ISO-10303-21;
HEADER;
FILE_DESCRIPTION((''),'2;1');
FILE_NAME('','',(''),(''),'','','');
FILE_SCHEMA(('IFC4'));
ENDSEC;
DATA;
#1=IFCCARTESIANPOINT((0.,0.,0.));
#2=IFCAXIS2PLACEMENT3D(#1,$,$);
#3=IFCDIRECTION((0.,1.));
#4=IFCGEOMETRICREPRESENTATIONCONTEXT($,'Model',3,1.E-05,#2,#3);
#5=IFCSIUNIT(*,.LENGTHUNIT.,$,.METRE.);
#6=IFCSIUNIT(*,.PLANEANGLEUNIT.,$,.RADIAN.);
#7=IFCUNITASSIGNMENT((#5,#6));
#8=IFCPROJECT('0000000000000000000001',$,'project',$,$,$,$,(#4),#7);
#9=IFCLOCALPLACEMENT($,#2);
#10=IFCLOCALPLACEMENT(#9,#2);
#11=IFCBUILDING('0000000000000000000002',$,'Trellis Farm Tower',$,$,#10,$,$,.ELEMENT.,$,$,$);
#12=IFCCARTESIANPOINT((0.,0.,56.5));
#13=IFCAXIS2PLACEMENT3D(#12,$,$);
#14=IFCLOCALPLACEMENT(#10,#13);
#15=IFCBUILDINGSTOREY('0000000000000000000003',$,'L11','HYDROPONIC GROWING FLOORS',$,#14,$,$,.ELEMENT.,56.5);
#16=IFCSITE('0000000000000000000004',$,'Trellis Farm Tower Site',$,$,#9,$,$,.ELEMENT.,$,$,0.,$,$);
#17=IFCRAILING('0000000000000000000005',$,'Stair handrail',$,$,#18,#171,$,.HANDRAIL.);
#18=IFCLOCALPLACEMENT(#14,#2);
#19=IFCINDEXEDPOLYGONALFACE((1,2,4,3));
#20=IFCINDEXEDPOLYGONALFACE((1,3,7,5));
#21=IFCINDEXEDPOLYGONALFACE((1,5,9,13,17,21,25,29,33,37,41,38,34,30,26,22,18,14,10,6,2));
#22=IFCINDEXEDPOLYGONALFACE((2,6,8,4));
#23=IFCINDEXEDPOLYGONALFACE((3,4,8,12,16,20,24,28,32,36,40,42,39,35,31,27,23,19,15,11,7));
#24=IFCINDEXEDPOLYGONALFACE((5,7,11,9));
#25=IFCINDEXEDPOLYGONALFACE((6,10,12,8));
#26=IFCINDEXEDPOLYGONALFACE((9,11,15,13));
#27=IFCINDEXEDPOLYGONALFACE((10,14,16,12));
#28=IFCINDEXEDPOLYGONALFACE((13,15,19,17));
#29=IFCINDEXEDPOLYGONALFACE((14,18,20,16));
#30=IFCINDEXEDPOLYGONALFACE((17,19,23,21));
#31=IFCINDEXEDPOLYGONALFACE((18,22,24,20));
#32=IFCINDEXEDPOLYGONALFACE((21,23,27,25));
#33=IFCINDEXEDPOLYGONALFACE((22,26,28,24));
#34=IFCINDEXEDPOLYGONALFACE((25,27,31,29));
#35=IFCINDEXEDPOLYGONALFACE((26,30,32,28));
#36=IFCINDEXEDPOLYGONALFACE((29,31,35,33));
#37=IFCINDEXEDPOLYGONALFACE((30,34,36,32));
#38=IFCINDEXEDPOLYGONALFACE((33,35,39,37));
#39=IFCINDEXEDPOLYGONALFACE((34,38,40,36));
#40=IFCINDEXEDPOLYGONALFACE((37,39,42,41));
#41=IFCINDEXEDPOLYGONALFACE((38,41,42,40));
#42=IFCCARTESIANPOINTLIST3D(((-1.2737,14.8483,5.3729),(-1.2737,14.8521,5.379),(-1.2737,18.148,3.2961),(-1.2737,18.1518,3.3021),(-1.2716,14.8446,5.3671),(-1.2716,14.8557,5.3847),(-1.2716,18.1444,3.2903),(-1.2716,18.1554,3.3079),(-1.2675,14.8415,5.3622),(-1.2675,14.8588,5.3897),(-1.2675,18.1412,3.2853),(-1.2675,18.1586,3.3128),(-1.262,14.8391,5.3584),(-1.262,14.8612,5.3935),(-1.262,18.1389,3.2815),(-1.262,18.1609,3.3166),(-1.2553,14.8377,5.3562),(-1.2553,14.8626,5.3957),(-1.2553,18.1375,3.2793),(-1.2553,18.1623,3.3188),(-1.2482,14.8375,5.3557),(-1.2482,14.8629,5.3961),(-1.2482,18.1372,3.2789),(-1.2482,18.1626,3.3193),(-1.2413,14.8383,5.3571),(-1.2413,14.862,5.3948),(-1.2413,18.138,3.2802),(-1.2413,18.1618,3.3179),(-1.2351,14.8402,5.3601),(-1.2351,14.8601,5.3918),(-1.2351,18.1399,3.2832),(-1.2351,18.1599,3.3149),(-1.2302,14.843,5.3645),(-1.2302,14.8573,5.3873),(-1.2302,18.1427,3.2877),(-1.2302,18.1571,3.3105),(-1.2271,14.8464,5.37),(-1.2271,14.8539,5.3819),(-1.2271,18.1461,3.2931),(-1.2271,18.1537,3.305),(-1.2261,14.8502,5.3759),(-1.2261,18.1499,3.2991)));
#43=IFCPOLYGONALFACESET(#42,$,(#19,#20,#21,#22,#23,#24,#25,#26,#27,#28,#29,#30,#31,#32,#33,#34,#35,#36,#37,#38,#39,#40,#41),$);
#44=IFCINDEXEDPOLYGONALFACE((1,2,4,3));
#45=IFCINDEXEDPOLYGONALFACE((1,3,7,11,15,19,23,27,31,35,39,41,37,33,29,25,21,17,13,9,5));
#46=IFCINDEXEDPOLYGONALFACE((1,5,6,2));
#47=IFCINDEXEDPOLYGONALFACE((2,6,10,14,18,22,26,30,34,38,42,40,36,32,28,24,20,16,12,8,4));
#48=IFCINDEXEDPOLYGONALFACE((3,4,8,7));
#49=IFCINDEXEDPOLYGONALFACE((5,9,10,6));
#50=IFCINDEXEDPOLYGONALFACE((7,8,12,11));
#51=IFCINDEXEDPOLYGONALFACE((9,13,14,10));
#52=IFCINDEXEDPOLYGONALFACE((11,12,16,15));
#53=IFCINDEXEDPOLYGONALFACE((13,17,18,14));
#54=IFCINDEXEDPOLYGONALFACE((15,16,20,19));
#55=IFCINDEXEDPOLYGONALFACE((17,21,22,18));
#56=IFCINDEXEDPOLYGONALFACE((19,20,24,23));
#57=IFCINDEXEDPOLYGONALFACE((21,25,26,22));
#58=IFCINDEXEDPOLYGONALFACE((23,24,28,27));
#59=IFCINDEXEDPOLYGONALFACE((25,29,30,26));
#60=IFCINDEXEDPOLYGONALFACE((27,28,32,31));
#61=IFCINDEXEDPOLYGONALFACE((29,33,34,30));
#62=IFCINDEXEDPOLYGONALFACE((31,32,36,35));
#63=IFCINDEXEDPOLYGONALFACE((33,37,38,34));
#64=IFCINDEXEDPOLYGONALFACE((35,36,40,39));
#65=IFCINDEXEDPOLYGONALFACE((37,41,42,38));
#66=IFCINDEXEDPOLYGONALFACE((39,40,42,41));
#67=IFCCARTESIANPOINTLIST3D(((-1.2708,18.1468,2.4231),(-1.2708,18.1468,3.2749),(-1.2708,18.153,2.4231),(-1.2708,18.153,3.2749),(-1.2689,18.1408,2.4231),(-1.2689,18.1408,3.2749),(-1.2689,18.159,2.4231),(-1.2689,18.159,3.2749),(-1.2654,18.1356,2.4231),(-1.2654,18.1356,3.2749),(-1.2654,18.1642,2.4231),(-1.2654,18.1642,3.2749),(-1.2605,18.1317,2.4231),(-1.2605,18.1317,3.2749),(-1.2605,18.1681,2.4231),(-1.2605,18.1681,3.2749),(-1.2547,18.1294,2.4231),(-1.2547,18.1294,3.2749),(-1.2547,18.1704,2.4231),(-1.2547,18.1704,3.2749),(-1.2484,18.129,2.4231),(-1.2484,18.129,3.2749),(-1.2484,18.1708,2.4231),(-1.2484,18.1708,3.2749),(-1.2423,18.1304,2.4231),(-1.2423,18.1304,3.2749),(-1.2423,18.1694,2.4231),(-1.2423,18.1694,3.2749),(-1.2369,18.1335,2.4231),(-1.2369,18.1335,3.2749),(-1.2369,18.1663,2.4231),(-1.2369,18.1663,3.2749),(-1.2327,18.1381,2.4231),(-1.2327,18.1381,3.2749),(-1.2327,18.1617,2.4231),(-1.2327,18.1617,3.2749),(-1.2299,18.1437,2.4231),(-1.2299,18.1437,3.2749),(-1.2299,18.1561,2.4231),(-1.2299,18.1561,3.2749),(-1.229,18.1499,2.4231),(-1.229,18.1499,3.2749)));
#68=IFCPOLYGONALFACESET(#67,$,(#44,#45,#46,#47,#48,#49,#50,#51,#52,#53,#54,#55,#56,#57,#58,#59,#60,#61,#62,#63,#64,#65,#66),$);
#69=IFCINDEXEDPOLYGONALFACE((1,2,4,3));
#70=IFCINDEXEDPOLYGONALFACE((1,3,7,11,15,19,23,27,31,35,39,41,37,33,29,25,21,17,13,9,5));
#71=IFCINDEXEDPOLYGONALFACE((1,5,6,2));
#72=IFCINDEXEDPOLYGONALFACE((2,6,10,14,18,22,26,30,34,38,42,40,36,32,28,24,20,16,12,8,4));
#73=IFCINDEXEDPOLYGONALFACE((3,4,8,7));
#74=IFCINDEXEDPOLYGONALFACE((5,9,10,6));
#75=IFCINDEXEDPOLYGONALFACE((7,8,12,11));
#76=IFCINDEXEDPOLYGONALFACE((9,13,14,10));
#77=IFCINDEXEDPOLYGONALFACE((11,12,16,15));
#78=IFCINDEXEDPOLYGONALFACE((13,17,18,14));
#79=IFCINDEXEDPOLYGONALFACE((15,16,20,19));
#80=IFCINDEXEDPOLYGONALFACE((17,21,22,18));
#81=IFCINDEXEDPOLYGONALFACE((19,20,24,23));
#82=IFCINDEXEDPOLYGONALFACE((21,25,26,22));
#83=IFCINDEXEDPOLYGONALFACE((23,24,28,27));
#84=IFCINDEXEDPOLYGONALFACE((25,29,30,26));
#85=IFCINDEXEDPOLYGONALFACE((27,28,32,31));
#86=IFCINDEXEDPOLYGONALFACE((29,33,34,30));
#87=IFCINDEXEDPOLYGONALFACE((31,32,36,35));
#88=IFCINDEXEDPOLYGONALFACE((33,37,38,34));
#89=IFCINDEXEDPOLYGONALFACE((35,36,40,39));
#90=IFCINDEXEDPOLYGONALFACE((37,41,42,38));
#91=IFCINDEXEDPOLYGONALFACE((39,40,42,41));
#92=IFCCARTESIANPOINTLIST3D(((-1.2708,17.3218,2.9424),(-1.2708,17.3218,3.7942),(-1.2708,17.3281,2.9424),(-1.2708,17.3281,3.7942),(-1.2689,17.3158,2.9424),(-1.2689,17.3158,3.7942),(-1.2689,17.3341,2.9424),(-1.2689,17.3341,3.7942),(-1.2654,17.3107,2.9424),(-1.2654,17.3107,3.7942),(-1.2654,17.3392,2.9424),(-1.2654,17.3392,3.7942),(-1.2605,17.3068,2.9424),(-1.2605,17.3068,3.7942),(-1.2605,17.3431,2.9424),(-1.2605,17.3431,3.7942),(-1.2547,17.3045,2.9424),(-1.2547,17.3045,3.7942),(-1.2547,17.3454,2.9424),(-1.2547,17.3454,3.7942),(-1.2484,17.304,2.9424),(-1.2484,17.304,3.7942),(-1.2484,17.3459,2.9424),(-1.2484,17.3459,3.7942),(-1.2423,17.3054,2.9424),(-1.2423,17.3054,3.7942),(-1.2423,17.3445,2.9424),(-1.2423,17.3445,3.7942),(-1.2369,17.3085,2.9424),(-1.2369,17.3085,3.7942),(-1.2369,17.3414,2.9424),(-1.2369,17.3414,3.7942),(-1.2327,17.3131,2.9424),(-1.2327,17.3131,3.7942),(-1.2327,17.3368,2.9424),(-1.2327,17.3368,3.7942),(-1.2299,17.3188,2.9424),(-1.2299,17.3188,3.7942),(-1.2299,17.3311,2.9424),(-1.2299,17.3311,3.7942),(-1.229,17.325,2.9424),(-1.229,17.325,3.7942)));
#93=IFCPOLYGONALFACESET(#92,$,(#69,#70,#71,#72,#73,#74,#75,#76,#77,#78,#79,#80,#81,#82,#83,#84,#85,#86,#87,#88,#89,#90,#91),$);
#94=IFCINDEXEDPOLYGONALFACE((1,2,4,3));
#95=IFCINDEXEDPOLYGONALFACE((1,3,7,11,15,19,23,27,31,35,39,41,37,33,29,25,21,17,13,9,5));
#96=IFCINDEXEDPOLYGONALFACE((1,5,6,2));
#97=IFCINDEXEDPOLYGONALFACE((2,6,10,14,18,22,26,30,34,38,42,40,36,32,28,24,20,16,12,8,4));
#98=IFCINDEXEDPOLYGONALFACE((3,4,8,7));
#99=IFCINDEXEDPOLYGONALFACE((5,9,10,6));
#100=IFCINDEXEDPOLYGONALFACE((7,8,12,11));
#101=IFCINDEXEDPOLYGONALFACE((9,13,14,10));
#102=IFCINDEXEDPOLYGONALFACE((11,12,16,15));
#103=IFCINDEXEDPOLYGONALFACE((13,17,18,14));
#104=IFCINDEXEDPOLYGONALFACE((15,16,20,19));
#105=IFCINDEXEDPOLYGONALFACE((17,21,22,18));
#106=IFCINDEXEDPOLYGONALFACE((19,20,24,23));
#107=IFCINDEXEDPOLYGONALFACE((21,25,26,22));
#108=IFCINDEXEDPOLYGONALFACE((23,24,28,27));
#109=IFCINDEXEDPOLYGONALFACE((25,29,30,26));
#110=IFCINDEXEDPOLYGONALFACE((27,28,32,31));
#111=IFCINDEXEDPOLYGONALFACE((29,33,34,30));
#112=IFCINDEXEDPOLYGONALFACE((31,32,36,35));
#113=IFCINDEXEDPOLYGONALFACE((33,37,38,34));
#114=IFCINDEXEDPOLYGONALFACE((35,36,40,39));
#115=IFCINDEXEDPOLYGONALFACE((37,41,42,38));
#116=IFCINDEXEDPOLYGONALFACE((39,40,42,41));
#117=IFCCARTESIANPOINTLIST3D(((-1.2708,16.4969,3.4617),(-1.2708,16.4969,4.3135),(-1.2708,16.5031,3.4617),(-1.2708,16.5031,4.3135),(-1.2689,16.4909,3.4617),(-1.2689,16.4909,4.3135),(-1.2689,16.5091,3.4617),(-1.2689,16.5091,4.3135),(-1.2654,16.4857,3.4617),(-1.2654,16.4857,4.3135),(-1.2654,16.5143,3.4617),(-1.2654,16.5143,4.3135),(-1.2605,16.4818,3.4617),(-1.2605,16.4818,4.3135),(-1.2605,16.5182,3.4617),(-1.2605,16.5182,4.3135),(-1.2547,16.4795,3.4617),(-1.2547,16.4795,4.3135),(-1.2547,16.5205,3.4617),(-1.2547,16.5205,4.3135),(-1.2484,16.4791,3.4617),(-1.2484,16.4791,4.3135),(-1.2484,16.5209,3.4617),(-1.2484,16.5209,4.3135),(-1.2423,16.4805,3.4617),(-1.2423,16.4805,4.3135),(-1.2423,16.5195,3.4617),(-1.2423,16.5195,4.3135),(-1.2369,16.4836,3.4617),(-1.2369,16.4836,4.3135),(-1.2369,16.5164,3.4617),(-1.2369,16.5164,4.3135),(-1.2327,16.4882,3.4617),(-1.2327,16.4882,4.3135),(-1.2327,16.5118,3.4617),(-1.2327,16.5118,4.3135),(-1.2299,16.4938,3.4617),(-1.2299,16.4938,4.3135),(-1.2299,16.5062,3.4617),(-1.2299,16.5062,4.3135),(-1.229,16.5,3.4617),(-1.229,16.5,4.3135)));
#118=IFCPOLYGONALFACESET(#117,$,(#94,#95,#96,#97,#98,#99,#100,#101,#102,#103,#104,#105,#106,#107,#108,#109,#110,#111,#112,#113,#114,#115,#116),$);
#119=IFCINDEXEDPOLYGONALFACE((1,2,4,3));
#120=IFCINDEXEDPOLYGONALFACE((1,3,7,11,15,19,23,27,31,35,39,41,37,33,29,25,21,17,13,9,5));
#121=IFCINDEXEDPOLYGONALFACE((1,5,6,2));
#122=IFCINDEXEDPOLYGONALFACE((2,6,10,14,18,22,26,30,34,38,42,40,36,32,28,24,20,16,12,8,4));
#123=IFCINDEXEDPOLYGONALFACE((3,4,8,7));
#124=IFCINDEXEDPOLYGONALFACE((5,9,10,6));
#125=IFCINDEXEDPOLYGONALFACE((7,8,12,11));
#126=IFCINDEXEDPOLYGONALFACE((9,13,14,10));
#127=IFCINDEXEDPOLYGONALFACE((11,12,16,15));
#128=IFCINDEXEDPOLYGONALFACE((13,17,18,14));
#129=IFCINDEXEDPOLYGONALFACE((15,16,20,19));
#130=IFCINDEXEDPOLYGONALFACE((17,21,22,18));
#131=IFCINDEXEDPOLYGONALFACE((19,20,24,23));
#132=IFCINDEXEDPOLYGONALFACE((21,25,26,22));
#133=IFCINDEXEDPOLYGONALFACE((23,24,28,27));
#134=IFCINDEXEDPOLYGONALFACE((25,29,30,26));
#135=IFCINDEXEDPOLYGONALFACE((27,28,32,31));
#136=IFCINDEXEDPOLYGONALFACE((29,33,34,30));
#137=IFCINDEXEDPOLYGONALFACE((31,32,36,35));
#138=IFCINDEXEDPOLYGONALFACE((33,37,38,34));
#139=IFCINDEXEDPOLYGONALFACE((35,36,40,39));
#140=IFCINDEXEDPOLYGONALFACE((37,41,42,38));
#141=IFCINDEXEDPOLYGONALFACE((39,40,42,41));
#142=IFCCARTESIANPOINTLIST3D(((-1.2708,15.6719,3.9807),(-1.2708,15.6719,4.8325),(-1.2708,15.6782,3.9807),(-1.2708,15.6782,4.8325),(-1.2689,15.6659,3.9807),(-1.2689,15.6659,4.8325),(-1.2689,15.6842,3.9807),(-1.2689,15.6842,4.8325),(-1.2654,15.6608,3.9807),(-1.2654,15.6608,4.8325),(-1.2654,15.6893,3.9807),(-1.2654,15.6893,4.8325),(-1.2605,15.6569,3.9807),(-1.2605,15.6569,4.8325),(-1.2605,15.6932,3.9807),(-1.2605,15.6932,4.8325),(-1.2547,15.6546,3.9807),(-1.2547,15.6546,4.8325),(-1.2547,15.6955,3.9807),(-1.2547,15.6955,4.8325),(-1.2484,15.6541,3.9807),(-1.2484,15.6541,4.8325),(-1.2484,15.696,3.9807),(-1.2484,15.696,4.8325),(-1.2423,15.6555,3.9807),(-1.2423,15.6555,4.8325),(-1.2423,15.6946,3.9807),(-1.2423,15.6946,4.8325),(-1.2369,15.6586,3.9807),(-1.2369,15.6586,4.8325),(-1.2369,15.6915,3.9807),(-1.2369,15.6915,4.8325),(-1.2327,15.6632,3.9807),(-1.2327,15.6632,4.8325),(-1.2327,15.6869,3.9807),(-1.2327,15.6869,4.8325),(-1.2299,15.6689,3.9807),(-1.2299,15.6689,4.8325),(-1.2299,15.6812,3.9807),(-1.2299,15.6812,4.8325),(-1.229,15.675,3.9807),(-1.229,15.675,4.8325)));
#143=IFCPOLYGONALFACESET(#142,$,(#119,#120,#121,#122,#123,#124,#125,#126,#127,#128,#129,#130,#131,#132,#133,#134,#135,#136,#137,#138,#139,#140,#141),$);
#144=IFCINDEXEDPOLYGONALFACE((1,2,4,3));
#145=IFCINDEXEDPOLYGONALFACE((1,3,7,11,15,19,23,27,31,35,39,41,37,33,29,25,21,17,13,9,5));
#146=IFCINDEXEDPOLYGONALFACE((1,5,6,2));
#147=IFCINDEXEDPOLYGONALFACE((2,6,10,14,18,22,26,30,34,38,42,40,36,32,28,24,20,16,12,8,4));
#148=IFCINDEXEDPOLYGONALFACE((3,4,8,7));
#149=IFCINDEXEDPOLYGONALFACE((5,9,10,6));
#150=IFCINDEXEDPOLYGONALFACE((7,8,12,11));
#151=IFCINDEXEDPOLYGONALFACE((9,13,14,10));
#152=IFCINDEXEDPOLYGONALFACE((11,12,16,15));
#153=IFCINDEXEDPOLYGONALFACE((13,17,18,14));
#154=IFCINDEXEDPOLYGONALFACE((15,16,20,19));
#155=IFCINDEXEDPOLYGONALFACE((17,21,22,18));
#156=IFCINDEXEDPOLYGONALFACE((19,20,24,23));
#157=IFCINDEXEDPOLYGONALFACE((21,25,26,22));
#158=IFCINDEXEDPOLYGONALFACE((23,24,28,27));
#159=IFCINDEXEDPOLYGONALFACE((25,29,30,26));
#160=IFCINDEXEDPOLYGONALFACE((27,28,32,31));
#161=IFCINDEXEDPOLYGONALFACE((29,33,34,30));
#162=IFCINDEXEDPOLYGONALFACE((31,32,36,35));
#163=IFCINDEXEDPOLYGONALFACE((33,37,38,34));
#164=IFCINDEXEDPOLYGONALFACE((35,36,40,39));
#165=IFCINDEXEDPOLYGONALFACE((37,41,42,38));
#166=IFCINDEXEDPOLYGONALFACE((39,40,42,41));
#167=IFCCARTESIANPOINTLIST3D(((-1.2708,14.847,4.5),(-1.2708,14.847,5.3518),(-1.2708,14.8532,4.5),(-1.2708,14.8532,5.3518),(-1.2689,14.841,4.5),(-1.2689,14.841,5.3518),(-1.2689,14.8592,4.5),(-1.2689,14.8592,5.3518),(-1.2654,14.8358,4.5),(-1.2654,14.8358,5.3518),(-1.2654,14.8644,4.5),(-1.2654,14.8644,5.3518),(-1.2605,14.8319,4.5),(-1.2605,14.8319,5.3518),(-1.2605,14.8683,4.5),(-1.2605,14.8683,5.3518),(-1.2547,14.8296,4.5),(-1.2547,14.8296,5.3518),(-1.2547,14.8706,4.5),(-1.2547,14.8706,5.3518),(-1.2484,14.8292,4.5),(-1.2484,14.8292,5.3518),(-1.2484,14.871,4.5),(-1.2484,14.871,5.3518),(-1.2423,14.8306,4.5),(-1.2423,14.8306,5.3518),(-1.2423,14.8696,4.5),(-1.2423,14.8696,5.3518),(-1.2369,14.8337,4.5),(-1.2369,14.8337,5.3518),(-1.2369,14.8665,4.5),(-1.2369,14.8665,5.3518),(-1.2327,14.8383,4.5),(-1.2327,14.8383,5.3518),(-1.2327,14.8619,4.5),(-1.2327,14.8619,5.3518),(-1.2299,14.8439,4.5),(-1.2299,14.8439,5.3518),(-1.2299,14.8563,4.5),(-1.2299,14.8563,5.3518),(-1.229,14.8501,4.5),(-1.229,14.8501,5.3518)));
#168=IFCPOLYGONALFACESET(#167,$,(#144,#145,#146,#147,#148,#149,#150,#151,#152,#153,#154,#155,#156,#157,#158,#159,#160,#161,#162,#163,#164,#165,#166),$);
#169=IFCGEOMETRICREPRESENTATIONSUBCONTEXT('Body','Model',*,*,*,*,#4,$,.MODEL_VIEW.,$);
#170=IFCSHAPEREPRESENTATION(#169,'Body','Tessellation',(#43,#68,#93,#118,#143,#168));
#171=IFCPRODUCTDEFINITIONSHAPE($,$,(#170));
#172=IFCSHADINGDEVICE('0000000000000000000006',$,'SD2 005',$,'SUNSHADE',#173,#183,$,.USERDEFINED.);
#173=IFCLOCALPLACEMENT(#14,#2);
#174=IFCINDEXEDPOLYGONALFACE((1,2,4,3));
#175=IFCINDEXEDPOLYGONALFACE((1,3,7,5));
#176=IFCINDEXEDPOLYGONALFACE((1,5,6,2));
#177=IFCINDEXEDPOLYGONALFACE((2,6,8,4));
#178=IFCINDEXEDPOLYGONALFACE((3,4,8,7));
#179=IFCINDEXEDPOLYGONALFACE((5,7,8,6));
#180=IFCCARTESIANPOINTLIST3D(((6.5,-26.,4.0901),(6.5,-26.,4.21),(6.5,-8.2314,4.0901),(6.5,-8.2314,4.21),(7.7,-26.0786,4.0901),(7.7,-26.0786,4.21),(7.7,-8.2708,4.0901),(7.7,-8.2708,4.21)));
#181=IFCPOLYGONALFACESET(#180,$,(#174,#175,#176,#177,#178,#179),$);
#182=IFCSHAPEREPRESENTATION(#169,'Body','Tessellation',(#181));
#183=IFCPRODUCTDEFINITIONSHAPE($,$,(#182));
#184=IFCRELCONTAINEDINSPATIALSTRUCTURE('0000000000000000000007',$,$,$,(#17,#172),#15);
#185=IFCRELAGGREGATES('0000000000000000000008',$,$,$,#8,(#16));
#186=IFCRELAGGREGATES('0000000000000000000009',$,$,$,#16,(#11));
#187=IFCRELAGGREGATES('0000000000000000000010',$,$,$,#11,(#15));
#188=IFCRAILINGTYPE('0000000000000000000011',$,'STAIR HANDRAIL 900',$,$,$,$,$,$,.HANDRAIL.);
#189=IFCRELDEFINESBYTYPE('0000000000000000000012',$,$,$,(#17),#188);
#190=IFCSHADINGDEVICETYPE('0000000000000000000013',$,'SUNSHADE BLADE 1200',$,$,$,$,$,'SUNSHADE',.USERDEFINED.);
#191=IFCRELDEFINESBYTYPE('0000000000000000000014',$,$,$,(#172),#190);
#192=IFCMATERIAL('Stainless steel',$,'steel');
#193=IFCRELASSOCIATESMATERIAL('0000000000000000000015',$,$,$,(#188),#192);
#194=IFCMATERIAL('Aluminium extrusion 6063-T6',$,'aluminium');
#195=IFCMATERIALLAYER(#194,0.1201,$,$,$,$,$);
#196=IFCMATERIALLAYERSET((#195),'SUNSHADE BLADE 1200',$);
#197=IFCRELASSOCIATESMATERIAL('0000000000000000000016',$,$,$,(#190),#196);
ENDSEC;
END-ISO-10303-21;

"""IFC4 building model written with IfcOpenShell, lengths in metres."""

from ifc_helpers import new_model, si_unit, direction, frame, origin, origin_2d, place, context, subcontext, project, spatial, polyline, circle, outline, extrude, source, transform, mapped, material, layer, layer_set, type_object, element, save


model = new_model("IFC4")

# Units and contexts
model_context = context("Model", 3, precision=1e-05, world=origin(), true_north=direction((0.0, 1.0)))
body_context = subcontext(model_context, "Body", "Model", "MODEL_VIEW")
ifc_project = project(units=[si_unit("LENGTHUNIT", "METRE"), si_unit("PLANEANGLEUNIT", "RADIAN")], contexts=[model_context])

# Site, building, storey
site_placement = place(None, origin())
site = spatial("IfcSite", under=ifc_project, at=site_placement, Name="Trellis Farm Tower Site", CompositionType="ELEMENT", RefElevation=0.0)
building_placement = place(site_placement, origin())
building = spatial("IfcBuilding", under=site, at=building_placement, Name="Trellis Farm Tower", CompositionType="ELEMENT")
storey_placement = place(building_placement, frame((0.0, 0.0, 56.5)))
storey = spatial("IfcBuildingStorey", under=building, at=storey_placement, Name="L11", Description="HYDROPONIC GROWING FLOORS", CompositionType="ELEMENT", Elevation=56.5)

# Shared definitions
ifc_material_1 = material(Name="Aluminium extrusion 6063-T6", Category="aluminium")

# Railing
ifc_material_2 = material(Name="Stainless steel", Category="steel")
railing_type = type_object("IfcRailingType", Name="STAIR HANDRAIL 900", PredefinedType="HANDRAIL", material=ifc_material_2)
shared_shape_1 = source(origin(), body_context, "Body", "SweptSolid", [
    extrude(circle(Radius=0.0239, at=origin_2d()), frame((0.0, 0.0, 0.876), z_axis=(0.0, -0.84632, 0.532675), x_axis=(1.0, 0.0, 0.0)), (0.0, 0.0, 1.0), 3.8989),
    extrude(circle(Radius=0.021, at=origin_2d()), origin(), (0.0, 0.0, 1.0), 0.8518),
    extrude(circle(Radius=0.021, at=origin_2d()), frame((0.0, -0.825, 0.5193)), (0.0, 0.0, 1.0), 0.8518),
    extrude(circle(Radius=0.021, at=origin_2d()), frame((0.0, -1.6499, 1.0386)), (0.0, 0.0, 1.0), 0.8518),
    extrude(circle(Radius=0.021, at=origin_2d()), frame((0.0, -2.4749, 1.5576)), (0.0, 0.0, 1.0), 0.8518),
    extrude(circle(Radius=0.021, at=origin_2d()), frame((0.0, -3.2998, 2.0769)), (0.0, 0.0, 1.0), 0.8518),
])
railing_placement = place(storey_placement, frame((-1.25, 18.1499, 2.4231)))
element("IfcRailing", 1, at=railing_placement, inside=storey, type_object=railing_type, Name="Stair handrail", PredefinedType="HANDRAIL", context=body_context, shape_type="MappedRepresentation", body=[
    mapped(shared_shape_1, transform((0.0, 0.0, 0.0))),
])

# Shading device
ifc_layer_1 = layer(ifc_material_1, 0.1201)
ifc_layer_set_1 = layer_set([ifc_layer_1], Name="SUNSHADE BLADE 1200")
shading_device_type = type_object("IfcShadingDeviceType", Name="SUNSHADE BLADE 1200", ElementType="SUNSHADE", PredefinedType="USERDEFINED", material=ifc_layer_set_1)
shared_shape_2 = source(origin(), body_context, "Body", "SweptSolid", [
    extrude(outline(polyline([(7.7, -26.0786), (7.7, -8.2708), (6.5, -8.2314), (6.5, -26.0), (7.7, -26.0786)])), origin(), (0.0, 0.0, 1.0), 0.1199),
])
shading_device_placement = place(storey_placement, frame((0.0, 0.0, 4.0901)))
element("IfcShadingDevice", 2, at=shading_device_placement, inside=storey, type_object=shading_device_type, Name="SD2 005", ObjectType="SUNSHADE", PredefinedType="USERDEFINED", context=body_context, shape_type="MappedRepresentation", body=[
    mapped(shared_shape_2, transform((0.0, 0.0, 0.0))),
])

save(model, "model.ifc")
